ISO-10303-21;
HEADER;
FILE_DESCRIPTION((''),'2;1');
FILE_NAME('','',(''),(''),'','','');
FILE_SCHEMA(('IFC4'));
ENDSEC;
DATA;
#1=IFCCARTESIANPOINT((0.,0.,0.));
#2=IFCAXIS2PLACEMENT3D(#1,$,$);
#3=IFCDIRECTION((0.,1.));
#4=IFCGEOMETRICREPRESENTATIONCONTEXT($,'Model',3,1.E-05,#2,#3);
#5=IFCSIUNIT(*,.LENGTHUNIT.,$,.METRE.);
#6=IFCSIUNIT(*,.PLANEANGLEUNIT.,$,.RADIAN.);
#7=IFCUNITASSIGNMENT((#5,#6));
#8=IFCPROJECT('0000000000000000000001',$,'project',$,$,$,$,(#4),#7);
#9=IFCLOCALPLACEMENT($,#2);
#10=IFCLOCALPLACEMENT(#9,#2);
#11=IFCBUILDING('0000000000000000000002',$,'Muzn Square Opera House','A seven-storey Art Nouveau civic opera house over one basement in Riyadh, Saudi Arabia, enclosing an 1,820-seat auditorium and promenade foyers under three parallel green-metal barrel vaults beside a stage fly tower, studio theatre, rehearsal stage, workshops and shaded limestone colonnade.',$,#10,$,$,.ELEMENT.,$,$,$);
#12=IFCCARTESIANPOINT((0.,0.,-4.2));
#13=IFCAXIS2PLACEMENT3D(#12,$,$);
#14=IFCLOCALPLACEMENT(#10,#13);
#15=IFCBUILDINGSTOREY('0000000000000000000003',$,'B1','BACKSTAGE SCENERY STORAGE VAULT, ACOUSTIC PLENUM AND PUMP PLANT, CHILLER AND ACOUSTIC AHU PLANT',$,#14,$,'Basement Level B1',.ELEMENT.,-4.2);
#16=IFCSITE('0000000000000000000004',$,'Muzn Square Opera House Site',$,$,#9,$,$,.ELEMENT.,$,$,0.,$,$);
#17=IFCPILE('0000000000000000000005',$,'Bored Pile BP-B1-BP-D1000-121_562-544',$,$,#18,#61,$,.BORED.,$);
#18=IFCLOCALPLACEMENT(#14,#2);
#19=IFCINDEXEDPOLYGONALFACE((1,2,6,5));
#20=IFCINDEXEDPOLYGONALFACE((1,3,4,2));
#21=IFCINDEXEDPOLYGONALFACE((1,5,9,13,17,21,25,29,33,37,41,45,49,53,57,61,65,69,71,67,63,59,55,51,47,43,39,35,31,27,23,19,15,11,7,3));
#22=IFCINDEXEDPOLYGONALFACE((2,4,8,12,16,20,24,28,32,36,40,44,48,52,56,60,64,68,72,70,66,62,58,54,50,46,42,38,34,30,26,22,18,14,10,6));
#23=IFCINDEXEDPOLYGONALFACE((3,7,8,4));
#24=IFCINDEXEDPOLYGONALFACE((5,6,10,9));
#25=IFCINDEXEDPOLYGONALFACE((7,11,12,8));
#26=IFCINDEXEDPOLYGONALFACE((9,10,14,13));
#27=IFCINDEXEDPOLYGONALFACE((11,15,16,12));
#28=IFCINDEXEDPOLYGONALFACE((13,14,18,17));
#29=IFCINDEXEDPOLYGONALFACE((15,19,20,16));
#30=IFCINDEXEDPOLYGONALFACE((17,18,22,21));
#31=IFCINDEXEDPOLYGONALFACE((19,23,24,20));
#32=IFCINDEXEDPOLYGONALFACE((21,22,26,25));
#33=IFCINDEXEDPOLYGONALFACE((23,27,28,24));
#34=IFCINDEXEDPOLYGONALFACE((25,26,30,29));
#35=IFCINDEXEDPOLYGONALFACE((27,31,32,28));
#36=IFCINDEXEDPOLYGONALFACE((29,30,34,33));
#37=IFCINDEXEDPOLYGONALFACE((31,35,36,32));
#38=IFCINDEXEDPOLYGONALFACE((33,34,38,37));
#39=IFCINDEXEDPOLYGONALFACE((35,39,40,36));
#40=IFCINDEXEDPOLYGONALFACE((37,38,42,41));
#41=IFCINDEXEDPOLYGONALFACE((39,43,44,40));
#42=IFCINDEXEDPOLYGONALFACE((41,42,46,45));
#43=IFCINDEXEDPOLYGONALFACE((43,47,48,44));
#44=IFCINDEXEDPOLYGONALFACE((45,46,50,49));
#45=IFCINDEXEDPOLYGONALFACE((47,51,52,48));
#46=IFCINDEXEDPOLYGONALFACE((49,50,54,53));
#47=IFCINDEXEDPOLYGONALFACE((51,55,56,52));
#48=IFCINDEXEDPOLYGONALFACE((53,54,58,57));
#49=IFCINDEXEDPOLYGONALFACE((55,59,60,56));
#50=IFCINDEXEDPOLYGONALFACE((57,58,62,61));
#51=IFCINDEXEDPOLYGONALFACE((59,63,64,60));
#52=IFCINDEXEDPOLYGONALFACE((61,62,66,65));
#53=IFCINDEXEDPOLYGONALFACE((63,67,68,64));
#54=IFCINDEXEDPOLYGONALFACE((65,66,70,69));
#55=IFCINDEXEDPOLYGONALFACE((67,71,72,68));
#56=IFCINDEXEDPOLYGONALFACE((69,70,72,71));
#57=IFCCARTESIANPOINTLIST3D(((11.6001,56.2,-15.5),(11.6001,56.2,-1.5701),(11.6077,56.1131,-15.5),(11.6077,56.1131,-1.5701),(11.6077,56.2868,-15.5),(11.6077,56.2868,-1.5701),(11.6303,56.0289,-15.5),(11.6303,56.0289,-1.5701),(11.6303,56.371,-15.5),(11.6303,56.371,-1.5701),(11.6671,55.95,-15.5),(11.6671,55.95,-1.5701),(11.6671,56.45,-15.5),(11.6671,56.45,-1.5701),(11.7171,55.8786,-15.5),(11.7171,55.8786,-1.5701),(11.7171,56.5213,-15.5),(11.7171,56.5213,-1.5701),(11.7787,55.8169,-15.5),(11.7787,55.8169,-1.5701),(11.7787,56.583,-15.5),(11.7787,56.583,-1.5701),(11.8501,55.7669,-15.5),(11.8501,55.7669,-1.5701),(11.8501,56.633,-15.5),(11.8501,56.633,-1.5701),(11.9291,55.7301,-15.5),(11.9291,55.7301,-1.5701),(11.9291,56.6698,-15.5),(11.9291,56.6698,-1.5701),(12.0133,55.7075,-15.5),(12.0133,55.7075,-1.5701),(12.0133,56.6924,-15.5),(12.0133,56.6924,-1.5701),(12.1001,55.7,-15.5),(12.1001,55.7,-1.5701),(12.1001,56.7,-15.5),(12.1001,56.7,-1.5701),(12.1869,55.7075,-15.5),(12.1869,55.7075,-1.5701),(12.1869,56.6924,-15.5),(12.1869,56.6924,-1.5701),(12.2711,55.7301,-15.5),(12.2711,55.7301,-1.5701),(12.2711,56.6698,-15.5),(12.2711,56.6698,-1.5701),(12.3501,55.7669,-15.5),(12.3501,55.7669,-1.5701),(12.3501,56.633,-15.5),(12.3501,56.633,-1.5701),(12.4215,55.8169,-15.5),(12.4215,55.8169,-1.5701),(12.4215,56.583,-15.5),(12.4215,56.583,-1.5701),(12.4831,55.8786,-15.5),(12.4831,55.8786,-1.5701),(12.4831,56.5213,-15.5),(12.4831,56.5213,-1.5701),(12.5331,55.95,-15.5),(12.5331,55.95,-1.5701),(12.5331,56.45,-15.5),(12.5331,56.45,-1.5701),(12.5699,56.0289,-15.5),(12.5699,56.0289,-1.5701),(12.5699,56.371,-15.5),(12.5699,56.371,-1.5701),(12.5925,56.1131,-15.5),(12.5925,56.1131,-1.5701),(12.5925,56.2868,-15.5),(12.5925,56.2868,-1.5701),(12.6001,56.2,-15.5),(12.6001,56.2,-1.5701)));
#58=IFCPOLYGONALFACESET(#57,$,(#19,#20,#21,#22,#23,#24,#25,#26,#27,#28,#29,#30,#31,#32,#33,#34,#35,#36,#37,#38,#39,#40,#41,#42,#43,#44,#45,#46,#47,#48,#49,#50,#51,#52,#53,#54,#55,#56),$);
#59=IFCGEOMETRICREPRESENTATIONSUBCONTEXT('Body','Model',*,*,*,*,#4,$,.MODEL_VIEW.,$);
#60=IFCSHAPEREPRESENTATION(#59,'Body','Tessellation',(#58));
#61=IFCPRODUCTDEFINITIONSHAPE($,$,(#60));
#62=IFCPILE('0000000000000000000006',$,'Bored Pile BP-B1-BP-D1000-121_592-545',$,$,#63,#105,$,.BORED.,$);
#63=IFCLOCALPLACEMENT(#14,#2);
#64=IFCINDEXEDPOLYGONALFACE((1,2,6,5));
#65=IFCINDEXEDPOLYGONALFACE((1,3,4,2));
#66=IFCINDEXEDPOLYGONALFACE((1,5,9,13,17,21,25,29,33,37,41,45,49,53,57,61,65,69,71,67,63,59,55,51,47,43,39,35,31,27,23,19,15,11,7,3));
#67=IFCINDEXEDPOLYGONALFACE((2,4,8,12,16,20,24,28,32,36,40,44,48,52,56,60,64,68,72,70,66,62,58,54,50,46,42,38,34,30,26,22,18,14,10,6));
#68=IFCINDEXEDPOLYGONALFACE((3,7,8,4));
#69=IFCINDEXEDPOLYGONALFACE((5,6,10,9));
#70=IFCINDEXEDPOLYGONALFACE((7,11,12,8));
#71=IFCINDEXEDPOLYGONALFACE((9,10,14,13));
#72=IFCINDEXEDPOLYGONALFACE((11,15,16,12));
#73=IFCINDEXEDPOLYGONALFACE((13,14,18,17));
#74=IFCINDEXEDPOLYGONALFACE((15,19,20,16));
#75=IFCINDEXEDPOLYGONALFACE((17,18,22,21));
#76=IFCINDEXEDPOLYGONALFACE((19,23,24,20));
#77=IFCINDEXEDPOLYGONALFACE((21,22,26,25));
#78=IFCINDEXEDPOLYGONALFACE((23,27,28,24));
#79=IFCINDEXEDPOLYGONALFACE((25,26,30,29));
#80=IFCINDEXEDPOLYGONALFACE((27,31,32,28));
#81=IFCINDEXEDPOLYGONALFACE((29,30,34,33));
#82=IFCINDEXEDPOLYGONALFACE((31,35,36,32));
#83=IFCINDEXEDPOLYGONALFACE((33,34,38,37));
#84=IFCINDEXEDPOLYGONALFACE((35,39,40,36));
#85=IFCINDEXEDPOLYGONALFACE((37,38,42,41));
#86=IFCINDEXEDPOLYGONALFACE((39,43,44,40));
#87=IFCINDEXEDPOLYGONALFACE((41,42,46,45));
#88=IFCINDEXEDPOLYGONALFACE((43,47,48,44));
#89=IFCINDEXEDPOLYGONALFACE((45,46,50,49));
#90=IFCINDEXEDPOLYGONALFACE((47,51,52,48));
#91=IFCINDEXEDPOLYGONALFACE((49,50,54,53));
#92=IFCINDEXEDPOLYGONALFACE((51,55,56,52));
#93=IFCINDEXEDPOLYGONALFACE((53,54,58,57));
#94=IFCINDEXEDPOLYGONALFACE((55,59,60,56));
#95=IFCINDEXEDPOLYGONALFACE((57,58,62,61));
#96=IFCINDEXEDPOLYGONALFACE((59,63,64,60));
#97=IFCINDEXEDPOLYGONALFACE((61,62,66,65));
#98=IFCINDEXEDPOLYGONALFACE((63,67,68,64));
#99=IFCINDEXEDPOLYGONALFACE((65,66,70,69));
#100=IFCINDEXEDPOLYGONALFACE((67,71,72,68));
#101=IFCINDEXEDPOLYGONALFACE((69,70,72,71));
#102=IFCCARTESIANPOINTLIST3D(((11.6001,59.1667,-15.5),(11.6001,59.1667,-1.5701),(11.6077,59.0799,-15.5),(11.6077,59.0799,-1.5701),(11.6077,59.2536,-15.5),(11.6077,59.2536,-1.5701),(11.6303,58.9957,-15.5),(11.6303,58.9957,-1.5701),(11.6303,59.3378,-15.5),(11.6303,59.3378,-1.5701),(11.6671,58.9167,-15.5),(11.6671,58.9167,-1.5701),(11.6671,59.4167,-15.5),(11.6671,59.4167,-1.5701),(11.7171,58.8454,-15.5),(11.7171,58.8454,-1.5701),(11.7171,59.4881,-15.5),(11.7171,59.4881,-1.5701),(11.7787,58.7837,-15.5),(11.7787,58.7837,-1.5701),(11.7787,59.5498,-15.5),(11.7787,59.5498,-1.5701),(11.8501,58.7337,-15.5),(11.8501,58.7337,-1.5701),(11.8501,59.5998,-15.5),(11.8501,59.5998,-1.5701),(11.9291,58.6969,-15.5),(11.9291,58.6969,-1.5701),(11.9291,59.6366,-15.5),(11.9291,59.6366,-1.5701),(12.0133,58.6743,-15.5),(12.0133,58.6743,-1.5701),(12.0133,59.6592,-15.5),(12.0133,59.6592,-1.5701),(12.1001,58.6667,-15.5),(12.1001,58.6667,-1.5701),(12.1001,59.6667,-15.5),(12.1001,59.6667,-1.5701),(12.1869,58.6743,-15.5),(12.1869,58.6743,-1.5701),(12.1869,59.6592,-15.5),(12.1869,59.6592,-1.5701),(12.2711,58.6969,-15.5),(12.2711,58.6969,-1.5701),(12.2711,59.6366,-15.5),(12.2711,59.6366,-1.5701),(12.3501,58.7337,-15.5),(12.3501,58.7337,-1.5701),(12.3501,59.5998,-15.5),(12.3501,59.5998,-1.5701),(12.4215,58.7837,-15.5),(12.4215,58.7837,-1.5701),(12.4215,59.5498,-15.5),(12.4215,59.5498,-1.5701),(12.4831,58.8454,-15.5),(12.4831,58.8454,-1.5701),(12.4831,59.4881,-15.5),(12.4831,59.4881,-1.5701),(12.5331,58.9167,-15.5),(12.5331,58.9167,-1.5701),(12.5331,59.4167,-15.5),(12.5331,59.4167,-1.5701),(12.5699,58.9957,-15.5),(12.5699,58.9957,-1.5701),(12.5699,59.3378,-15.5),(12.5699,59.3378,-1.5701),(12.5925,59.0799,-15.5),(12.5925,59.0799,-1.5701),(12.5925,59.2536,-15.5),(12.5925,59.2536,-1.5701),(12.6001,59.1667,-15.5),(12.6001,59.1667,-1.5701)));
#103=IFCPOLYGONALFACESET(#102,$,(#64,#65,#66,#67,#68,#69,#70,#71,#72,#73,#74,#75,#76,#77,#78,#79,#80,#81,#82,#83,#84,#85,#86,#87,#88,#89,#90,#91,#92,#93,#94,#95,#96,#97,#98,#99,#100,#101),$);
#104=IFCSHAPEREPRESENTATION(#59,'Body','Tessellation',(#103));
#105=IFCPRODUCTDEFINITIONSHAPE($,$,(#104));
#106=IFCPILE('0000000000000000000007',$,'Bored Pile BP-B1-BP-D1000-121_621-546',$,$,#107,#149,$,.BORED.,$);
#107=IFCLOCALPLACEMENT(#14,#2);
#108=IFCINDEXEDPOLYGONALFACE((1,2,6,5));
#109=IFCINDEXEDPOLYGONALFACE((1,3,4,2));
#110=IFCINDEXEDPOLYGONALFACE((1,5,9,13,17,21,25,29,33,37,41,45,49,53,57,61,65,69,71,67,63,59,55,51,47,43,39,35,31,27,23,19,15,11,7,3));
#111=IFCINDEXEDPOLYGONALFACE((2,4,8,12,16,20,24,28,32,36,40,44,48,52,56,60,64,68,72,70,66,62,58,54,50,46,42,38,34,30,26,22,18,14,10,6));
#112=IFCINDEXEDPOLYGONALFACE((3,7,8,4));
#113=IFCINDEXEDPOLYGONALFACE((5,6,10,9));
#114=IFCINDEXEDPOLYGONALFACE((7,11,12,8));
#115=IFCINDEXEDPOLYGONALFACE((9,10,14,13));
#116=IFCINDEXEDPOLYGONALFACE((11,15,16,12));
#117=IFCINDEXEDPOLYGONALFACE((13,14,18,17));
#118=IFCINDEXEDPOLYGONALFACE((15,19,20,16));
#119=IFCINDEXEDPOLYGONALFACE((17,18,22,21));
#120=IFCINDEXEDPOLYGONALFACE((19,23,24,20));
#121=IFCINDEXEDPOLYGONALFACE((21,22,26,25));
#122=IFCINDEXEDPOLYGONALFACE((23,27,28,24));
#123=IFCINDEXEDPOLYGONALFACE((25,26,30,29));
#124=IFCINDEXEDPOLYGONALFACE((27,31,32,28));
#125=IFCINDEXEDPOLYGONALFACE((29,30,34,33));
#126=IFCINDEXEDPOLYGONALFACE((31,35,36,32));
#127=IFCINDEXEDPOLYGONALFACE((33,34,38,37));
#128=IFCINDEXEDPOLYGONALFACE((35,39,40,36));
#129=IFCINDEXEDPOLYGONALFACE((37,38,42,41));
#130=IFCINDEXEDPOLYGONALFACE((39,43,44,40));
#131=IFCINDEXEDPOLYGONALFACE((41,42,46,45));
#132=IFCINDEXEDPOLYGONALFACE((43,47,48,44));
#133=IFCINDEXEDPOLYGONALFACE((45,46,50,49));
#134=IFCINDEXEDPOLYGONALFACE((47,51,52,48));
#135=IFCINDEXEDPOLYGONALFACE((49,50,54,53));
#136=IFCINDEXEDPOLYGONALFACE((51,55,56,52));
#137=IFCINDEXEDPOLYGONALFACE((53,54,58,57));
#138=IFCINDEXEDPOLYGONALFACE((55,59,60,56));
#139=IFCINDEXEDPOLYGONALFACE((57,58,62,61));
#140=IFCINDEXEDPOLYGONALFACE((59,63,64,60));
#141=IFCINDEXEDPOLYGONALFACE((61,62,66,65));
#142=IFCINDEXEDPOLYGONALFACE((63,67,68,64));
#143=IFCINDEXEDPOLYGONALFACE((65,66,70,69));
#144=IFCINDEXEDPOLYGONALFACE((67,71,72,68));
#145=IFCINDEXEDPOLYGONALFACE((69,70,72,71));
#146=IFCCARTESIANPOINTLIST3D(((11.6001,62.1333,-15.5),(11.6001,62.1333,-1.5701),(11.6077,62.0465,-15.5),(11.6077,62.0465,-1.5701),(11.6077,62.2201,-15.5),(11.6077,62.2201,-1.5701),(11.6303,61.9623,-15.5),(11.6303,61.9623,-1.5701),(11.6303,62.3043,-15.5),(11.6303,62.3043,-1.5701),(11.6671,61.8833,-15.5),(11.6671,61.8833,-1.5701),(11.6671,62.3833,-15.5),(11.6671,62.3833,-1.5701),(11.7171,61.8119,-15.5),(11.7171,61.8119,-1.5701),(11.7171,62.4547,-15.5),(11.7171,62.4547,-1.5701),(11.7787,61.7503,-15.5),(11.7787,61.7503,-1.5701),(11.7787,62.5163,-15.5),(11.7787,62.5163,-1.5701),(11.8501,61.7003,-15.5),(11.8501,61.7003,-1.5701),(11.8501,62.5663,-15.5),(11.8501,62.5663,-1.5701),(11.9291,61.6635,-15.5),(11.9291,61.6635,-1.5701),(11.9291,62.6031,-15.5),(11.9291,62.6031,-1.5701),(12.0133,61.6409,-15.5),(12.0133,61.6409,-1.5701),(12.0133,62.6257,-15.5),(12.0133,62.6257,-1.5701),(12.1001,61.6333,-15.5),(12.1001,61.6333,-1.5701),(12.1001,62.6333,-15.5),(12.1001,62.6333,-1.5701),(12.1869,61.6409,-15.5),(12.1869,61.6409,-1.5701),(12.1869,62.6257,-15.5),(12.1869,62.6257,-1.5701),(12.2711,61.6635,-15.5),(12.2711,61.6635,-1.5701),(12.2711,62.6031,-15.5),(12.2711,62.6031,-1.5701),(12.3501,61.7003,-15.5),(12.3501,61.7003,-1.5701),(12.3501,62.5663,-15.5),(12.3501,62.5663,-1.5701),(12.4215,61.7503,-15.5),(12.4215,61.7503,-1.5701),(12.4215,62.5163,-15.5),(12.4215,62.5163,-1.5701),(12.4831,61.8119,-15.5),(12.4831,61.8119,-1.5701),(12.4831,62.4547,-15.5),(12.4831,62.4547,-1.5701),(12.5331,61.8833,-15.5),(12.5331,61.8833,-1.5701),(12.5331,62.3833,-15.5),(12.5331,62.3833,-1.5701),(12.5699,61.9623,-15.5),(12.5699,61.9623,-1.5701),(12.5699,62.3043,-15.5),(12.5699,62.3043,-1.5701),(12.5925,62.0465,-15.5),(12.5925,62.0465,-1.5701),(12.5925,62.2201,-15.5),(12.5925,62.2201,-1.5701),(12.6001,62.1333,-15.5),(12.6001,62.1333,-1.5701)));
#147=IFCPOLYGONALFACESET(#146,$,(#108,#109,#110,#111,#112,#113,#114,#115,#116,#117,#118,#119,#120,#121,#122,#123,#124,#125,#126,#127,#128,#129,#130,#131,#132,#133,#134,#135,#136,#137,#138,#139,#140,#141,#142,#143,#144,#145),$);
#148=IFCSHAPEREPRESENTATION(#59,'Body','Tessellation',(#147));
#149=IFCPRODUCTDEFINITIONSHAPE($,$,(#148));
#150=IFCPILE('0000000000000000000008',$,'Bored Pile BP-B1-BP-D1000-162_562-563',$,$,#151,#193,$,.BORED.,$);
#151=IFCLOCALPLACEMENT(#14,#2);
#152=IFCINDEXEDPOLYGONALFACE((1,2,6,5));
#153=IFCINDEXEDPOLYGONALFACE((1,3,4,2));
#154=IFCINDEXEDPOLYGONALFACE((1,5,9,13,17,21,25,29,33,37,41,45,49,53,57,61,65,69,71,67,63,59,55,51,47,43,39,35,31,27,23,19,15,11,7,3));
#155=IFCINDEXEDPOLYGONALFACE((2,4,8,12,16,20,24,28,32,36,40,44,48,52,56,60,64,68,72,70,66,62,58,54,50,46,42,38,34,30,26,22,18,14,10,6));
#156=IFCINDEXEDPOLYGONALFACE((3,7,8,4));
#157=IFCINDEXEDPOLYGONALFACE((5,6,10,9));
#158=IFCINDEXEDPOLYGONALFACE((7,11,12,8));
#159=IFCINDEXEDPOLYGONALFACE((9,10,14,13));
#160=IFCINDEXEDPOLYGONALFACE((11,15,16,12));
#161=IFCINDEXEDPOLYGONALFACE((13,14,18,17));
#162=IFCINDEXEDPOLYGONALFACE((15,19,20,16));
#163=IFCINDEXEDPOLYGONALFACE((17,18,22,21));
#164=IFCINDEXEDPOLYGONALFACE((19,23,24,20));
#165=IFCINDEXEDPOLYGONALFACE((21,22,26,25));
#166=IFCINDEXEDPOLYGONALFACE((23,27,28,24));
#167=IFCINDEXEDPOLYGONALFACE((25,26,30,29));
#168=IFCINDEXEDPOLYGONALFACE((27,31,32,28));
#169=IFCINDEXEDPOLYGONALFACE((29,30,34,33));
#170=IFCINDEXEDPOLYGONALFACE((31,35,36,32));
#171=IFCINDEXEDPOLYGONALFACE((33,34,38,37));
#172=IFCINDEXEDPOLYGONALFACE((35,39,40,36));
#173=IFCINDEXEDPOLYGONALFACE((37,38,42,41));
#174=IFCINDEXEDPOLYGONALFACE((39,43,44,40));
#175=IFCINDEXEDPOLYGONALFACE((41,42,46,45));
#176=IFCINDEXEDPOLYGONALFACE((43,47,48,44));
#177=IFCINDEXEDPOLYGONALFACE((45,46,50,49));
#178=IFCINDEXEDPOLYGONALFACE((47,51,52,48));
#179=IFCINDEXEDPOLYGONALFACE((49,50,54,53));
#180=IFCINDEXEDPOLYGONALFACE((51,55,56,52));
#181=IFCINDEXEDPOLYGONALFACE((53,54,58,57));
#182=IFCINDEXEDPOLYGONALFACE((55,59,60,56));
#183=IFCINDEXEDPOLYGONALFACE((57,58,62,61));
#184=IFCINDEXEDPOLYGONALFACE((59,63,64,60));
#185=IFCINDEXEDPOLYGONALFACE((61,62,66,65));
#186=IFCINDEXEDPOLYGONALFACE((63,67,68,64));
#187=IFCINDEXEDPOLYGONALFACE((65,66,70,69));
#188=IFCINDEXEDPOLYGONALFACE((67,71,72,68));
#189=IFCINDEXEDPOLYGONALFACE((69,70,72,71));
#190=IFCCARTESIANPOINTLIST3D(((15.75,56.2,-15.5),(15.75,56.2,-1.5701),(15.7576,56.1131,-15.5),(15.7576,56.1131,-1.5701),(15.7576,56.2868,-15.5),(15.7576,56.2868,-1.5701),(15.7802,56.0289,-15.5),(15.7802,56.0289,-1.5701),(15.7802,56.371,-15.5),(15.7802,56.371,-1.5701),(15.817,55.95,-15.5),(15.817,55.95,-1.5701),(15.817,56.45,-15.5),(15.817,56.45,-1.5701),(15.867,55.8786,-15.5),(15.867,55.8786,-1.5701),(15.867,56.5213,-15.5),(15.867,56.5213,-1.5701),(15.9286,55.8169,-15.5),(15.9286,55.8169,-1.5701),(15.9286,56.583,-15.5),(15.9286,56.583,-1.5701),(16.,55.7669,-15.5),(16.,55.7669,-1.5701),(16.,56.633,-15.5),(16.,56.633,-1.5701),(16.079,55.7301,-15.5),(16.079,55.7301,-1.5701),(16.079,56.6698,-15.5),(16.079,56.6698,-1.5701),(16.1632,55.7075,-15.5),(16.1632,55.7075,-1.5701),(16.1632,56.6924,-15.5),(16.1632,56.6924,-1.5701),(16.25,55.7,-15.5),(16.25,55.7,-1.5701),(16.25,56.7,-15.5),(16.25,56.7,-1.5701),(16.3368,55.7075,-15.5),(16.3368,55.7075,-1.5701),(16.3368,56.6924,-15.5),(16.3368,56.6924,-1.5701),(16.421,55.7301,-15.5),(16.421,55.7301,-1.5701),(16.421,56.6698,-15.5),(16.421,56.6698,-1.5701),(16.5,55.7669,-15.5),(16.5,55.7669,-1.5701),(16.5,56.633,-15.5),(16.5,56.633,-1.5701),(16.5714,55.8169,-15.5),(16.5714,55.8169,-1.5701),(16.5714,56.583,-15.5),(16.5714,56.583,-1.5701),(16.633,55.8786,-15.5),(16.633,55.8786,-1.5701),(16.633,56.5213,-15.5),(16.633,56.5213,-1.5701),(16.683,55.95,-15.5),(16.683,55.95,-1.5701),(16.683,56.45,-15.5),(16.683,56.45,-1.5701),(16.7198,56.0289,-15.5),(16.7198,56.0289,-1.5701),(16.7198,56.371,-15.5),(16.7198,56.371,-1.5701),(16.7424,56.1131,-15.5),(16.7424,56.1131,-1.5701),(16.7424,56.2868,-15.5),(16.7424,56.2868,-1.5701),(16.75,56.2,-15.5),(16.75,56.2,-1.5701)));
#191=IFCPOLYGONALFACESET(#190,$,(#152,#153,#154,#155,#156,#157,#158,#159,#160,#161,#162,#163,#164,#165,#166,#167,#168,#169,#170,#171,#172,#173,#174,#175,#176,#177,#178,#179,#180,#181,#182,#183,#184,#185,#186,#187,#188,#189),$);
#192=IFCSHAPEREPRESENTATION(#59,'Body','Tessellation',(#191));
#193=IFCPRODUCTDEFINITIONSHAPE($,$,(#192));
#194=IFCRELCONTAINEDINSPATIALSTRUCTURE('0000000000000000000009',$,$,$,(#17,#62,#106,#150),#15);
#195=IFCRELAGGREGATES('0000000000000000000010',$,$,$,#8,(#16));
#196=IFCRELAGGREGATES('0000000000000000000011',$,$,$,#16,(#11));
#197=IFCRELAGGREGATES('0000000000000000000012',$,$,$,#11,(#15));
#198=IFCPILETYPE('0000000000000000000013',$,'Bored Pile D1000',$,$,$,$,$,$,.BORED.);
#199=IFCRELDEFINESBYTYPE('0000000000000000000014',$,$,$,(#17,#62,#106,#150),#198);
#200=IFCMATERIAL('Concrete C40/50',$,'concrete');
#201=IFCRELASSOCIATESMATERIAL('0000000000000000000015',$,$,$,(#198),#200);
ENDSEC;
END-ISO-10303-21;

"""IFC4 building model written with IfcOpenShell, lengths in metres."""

from ifc_helpers import new_model, si_unit, direction, frame, origin, origin_2d, place, context, subcontext, project, spatial, circle, extrude, material, material_profile, profile_set, type_object, element, save


model = new_model("IFC4")

# Units and contexts
model_context = context("Model", 3, precision=1e-05, world=origin(), true_north=direction((0.0, 1.0)))
body_context = subcontext(model_context, "Body", "Model", "MODEL_VIEW")
ifc_project = project(units=[si_unit("LENGTHUNIT", "METRE"), si_unit("PLANEANGLEUNIT", "RADIAN")], contexts=[model_context])

# Site, building, storey
site_placement = place(None, origin())
site = spatial("IfcSite", under=ifc_project, at=site_placement, Name="Muzn Square Opera House Site", CompositionType="ELEMENT", RefElevation=0.0)
building_placement = place(site_placement, origin())
building = spatial("IfcBuilding", under=site, at=building_placement, Name="Muzn Square Opera House", Description="A seven-storey Art Nouveau civic opera house over one basement in Riyadh, Saudi Arabia, enclosing an 1,820-seat auditorium and promenade foyers under three parallel green-metal barrel vaults beside a stage fly tower, studio theatre, rehearsal stage, workshops and shaded limestone colonnade.", CompositionType="ELEMENT")
storey_placement = place(building_placement, frame((0.0, 0.0, -4.2)))
storey = spatial("IfcBuildingStorey", under=building, at=storey_placement, Name="B1", Description="BACKSTAGE SCENERY STORAGE VAULT, ACOUSTIC PLENUM AND PUMP PLANT, CHILLER AND ACOUSTIC AHU PLANT", LongName="Basement Level B1", CompositionType="ELEMENT", Elevation=-4.2)

# Piles
ifc_material_1 = material(Name="Concrete C40/50", Category="concrete")
ifc_material_profile_1 = material_profile(ifc_material_1, circle(Radius=0.5, at=origin_2d()), Name="BORED PILE D1000", Category="concrete")
ifc_profile_set_1 = profile_set([ifc_material_profile_1], Name="Concrete C40/50")
pile_type = type_object("IfcPileType", Name="Bored Pile D1000", PredefinedType="BORED", material=ifc_profile_set_1)
for number, where, z_axis, x_axis, name in (
    (1, (12.1001, 56.2, -1.5701), (0.0, 0.0, -1.0), (1.0, 0.0, 0.0), "Bored Pile BP-B1-BP-D1000-121_562-544"),
    (2, (12.1001, 59.1667, -1.5701), (0.0, 0.0, -1.0), (1.0, 0.0, 0.0), "Bored Pile BP-B1-BP-D1000-121_592-545"),
    (3, (12.1001, 62.1333, -1.5701), (0.0, 0.0, -1.0), (1.0, 0.0, 0.0), "Bored Pile BP-B1-BP-D1000-121_621-546"),
    (4, (16.25, 56.2, -1.5701), (0.0, 0.0, -1.0), (1.0, 0.0, 0.0), "Bored Pile BP-B1-BP-D1000-162_562-563"),
):
    element("IfcPile", number, at=place(storey_placement, frame(where, z_axis=z_axis, x_axis=x_axis)), inside=storey, type_object=pile_type, Name=name, PredefinedType="BORED", context=body_context, shape_type="SweptSolid", body=[
        extrude(circle(Radius=0.5, at=origin_2d()), origin(), (0.0, 0.0, 1.0), 13.9299),
    ])

save(model, "model.ifc")
